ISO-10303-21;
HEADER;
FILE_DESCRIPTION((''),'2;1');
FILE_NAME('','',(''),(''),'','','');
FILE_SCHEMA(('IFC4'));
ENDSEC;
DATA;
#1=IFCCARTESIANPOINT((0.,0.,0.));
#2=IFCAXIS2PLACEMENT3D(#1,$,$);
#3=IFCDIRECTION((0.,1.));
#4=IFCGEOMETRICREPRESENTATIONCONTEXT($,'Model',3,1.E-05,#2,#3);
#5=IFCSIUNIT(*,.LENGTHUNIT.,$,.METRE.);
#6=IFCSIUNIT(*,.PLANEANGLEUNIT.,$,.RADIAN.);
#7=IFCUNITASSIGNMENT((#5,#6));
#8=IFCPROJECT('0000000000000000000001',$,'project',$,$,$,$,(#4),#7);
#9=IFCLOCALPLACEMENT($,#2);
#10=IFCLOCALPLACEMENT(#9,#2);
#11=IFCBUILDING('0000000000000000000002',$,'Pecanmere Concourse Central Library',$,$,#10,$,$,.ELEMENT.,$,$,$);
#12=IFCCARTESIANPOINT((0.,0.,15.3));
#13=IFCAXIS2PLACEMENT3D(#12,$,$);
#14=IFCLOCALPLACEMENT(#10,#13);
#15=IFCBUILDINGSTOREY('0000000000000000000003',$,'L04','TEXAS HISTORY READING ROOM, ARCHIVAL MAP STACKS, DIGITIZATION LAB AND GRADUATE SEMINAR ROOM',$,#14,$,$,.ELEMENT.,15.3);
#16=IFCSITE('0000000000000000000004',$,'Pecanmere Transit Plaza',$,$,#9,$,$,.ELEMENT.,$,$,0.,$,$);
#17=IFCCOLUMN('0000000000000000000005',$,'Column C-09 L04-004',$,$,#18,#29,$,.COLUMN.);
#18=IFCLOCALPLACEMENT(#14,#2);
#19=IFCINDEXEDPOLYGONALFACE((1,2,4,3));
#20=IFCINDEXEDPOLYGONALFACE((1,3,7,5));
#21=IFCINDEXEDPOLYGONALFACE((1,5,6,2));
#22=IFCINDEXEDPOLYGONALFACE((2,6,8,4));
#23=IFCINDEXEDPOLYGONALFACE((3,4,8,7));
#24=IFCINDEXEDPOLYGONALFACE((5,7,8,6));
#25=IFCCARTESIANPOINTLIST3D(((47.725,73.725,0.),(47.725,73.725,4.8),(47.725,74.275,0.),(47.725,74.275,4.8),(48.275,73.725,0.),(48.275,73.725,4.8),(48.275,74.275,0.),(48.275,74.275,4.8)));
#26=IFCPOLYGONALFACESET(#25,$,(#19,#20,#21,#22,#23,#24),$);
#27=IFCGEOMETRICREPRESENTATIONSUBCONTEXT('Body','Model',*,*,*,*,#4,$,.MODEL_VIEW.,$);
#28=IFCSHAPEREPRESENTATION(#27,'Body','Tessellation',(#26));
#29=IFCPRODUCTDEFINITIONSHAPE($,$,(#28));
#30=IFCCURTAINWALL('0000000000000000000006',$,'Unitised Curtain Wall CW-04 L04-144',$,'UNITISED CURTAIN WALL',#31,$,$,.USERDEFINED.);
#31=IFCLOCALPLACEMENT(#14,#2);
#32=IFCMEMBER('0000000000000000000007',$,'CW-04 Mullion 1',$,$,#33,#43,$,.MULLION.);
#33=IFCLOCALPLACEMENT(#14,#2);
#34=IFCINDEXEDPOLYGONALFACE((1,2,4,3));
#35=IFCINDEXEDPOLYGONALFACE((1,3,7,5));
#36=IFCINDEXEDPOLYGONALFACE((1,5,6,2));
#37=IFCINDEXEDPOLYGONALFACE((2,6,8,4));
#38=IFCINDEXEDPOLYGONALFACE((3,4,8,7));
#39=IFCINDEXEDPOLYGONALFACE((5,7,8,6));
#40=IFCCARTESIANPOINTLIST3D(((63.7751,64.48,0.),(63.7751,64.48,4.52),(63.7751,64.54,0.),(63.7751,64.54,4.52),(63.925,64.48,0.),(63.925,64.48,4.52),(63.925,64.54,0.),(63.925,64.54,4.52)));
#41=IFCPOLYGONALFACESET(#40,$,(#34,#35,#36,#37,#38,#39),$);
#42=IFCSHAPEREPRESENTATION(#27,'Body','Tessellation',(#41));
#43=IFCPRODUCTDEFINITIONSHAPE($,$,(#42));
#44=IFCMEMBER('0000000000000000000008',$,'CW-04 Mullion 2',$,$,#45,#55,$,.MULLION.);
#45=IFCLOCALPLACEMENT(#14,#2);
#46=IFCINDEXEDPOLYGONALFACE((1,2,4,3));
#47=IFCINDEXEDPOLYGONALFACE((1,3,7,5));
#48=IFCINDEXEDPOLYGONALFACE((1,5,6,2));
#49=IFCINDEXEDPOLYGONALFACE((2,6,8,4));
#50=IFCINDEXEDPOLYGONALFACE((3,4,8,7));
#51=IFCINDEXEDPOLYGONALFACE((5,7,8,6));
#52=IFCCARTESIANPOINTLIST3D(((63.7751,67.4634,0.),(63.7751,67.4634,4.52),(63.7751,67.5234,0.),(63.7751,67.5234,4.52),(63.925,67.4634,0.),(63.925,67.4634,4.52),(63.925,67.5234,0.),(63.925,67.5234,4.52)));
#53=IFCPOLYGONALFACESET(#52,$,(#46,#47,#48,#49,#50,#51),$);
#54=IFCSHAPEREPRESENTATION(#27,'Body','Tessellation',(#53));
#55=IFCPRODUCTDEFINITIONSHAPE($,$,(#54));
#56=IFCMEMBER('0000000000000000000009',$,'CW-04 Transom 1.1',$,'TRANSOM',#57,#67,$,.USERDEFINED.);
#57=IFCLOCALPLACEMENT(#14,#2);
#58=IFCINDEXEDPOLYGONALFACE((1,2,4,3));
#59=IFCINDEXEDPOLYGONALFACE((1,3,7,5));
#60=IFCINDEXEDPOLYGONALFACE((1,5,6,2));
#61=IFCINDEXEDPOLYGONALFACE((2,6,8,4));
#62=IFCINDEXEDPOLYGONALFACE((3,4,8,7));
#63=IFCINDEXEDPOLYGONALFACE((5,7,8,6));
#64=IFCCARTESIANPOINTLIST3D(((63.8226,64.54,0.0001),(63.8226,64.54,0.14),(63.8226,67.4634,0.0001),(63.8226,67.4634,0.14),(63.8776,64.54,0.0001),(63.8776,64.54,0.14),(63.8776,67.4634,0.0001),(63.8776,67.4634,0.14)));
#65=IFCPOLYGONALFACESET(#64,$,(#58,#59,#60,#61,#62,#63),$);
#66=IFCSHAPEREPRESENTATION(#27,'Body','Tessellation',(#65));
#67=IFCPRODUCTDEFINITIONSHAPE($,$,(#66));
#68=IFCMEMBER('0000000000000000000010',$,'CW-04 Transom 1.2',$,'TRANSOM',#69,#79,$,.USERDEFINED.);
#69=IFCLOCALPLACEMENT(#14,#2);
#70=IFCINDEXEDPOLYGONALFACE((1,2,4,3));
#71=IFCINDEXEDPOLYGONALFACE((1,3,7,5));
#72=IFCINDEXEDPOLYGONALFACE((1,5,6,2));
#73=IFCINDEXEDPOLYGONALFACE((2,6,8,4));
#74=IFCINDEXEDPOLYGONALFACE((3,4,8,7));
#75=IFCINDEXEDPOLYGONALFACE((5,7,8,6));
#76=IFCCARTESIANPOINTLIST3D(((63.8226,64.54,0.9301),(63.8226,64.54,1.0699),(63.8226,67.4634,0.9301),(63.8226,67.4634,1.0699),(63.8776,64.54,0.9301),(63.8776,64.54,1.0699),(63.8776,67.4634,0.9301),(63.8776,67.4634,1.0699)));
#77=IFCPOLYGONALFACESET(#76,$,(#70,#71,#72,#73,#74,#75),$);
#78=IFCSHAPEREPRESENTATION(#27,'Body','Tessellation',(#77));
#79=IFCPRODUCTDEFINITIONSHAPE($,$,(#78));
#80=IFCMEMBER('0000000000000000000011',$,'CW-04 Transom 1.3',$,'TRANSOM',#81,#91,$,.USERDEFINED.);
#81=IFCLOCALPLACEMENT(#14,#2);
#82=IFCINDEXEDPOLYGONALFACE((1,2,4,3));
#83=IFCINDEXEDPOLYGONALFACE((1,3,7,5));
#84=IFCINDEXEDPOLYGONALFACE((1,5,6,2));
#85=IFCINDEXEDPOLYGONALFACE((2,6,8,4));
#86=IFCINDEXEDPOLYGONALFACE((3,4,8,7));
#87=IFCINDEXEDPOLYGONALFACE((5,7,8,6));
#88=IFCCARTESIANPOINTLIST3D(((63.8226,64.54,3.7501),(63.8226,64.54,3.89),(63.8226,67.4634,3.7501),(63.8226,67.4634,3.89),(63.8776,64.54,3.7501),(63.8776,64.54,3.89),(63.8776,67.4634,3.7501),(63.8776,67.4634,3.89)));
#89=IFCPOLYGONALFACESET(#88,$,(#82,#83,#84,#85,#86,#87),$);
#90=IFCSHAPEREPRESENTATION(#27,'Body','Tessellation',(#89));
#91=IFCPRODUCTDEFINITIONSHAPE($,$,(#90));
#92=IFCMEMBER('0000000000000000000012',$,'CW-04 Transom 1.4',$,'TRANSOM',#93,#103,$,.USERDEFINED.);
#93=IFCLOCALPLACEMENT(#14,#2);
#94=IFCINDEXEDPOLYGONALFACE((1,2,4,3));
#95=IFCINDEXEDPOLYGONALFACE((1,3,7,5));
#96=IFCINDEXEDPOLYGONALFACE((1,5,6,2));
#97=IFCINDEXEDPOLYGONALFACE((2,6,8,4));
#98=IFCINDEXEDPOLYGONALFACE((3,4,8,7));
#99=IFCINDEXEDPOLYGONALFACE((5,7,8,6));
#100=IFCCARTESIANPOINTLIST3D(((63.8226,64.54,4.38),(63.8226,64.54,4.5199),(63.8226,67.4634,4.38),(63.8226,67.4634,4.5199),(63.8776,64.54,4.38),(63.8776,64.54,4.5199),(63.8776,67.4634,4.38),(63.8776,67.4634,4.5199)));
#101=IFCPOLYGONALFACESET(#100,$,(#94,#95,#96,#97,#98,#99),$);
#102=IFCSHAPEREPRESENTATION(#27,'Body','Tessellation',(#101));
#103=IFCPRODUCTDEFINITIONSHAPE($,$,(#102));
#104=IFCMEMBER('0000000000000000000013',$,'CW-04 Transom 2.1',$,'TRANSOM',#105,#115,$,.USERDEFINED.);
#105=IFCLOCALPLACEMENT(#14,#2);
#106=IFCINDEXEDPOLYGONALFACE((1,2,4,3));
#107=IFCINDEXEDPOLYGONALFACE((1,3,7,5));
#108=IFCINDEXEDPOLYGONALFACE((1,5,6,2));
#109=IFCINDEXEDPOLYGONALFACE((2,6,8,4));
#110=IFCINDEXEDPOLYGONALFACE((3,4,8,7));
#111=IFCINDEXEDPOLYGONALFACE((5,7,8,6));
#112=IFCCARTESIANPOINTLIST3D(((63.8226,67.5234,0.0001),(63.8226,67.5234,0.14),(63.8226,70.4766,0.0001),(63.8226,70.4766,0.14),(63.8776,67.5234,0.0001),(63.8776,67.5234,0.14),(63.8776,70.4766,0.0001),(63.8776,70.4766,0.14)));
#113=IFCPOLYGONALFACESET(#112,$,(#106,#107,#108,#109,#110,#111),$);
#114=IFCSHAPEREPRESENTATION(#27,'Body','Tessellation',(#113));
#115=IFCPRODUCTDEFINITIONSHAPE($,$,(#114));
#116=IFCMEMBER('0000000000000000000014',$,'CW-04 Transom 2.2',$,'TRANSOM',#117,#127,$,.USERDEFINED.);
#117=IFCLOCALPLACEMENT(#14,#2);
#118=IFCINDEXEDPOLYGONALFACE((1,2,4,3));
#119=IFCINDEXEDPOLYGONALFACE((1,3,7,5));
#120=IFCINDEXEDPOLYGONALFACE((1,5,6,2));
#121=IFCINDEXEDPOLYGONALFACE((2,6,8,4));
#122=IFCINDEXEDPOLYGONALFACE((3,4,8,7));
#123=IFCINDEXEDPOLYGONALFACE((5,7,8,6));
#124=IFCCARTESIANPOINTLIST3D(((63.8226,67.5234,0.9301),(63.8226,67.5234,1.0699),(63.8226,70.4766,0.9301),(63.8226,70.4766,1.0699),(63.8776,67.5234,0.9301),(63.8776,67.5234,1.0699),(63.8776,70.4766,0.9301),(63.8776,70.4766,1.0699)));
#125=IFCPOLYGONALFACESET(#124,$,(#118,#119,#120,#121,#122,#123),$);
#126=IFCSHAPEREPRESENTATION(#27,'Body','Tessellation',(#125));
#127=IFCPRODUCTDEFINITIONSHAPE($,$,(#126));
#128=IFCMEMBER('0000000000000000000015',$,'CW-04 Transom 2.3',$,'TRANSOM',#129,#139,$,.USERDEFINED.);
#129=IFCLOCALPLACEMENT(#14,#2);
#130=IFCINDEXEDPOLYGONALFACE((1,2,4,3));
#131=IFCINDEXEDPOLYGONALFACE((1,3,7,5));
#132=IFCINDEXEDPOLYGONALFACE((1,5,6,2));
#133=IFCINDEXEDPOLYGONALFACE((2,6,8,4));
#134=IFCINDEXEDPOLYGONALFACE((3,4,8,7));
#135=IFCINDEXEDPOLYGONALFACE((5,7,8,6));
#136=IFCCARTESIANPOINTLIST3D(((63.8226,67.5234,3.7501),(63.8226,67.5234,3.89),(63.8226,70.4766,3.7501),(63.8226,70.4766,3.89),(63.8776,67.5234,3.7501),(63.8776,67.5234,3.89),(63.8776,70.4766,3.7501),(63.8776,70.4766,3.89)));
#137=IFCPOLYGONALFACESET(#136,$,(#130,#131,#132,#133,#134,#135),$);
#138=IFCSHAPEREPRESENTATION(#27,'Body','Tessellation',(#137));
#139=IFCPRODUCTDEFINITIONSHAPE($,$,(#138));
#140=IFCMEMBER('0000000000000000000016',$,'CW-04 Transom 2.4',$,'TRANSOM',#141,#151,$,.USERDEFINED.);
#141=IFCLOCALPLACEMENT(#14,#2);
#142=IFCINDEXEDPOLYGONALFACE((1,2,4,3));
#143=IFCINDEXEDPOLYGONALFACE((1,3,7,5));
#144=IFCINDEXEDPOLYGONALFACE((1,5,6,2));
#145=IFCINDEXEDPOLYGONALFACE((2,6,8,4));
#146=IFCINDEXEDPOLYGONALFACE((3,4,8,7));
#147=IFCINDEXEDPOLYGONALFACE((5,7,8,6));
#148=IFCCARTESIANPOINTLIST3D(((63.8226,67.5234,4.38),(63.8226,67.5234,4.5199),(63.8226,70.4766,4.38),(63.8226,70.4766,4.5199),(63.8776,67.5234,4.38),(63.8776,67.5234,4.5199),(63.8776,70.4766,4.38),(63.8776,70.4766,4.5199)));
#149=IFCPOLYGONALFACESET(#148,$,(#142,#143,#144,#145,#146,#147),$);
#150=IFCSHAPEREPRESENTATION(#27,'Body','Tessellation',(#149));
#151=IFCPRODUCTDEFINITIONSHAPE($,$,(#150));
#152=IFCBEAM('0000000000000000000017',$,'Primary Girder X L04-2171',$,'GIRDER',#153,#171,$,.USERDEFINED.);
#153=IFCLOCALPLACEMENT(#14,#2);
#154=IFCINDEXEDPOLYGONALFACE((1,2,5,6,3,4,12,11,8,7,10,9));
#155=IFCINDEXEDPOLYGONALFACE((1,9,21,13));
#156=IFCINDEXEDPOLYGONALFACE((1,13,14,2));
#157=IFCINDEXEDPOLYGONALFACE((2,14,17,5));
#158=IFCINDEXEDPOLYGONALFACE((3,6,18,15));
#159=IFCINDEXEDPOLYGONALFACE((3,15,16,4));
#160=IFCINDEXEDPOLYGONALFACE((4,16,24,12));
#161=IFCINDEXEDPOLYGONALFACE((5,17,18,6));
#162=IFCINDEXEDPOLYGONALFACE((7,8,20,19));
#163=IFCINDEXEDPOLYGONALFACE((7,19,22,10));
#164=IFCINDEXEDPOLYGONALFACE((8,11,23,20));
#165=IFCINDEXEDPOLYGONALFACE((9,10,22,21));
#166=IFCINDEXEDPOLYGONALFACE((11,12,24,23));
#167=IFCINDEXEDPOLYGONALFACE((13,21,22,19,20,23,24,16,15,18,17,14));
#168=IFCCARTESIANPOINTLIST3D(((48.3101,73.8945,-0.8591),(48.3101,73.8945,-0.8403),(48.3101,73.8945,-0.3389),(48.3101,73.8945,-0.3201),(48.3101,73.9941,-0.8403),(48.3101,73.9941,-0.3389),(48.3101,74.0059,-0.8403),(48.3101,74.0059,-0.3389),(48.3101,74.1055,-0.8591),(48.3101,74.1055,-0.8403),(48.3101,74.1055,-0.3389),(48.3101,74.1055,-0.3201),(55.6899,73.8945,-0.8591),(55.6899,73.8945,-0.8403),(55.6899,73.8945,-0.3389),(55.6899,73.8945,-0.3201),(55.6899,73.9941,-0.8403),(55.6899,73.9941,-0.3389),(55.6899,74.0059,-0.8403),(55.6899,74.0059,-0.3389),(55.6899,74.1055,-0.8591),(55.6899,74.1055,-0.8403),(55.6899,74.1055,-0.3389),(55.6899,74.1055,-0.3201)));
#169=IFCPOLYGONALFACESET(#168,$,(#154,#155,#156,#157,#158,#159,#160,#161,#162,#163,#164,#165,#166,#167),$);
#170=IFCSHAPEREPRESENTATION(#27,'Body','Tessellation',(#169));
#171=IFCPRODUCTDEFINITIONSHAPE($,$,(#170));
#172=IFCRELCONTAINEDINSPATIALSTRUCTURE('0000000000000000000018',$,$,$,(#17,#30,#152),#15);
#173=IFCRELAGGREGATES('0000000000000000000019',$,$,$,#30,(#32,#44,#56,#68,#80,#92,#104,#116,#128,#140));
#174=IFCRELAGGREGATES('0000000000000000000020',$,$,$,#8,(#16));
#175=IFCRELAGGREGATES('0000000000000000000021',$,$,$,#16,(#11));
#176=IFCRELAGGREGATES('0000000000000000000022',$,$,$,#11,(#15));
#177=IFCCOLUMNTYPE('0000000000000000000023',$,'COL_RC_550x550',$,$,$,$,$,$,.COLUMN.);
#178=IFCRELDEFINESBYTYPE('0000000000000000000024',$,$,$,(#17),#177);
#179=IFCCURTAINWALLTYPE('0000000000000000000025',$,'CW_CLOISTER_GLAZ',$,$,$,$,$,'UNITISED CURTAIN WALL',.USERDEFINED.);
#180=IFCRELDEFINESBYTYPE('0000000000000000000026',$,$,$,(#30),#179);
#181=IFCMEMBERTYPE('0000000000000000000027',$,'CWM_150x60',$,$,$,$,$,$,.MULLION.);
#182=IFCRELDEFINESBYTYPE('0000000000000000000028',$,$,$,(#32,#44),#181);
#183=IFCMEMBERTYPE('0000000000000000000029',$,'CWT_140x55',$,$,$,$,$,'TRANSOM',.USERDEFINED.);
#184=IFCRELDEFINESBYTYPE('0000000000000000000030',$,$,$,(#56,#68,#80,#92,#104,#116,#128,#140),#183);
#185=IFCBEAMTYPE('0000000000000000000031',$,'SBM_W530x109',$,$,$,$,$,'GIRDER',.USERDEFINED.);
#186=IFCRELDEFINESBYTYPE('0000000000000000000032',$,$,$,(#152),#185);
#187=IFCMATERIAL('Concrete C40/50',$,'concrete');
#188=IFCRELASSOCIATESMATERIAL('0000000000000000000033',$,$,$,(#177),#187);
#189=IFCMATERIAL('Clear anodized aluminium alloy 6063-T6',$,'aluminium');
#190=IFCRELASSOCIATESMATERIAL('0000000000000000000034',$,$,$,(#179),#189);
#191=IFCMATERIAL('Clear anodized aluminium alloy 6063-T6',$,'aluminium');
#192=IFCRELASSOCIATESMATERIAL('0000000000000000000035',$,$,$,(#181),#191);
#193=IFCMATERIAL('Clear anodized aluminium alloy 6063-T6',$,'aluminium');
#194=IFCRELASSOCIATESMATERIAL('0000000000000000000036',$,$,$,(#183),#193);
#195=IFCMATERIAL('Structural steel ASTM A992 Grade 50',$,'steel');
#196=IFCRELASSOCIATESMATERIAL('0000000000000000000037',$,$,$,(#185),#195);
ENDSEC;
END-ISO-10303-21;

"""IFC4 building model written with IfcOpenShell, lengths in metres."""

from ifc_helpers import new_model, si_unit, direction, frame, origin, origin_2d, place, context, subcontext, project, spatial, rectangle, i_section, extrude, material, material_profile, profile_set, type_object, element, aggregate, save


model = new_model("IFC4")

# Units and contexts
model_context = context("Model", 3, precision=1e-05, world=origin(), true_north=direction((0.0, 1.0)))
body_context = subcontext(model_context, "Body", "Model", "MODEL_VIEW")
ifc_project = project(units=[si_unit("LENGTHUNIT", "METRE"), si_unit("PLANEANGLEUNIT", "RADIAN")], contexts=[model_context])

# Site, building, storey
site_placement = place(None, origin())
site = spatial("IfcSite", under=ifc_project, at=site_placement, Name="Pecanmere Transit Plaza", CompositionType="ELEMENT", RefElevation=0.0)
building_placement = place(site_placement, origin())
building = spatial("IfcBuilding", under=site, at=building_placement, Name="Pecanmere Concourse Central Library", CompositionType="ELEMENT")
storey_placement = place(building_placement, frame((0.0, 0.0, 15.3)))
storey = spatial("IfcBuildingStorey", under=building, at=storey_placement, Name="L04", Description="TEXAS HISTORY READING ROOM, ARCHIVAL MAP STACKS, DIGITIZATION LAB AND GRADUATE SEMINAR ROOM", CompositionType="ELEMENT", Elevation=15.3)

# Column
ifc_material_1 = material(Name="Concrete C40/50", Category="concrete")
ifc_material_profile_1 = material_profile(ifc_material_1, rectangle(XDim=0.55, YDim=0.55, at=origin_2d()), Name="RC 550x550")
ifc_profile_set_1 = profile_set([ifc_material_profile_1], Name="Concrete C40/50")
column_type = type_object("IfcColumnType", Name="COL_RC_550x550", PredefinedType="COLUMN", material=ifc_profile_set_1)
column_placement = place(storey_placement, frame((48.0, 74.0, 0.0), z_axis=(0.0, 0.0, 1.0), x_axis=(1.0, 0.0, 0.0)))
element("IfcColumn", 1, at=column_placement, inside=storey, type_object=column_type, Name="Column C-09 L04-004", PredefinedType="COLUMN", context=body_context, shape_type="SweptSolid", body=[
    extrude(rectangle(XDim=0.55, YDim=0.55, at=origin_2d()), origin(), (0.0, 0.0, 1.0), 4.8),
])

# Curtain wall, members
ifc_material_2 = material(Name="Clear anodized aluminium alloy 6063-T6", Category="aluminium")
curtain_wall_type = type_object("IfcCurtainWallType", Name="CW_CLOISTER_GLAZ", ElementType="UNITISED CURTAIN WALL", PredefinedType="USERDEFINED", material=ifc_material_2)
curtain_wall_placement = place(storey_placement, origin())
curtain_wall = element("IfcCurtainWall", 2, at=curtain_wall_placement, inside=storey, type_object=curtain_wall_type, Name="Unitised Curtain Wall CW-04 L04-144", ObjectType="UNITISED CURTAIN WALL", PredefinedType="USERDEFINED")
ifc_material_3 = material(Name="Clear anodized aluminium alloy 6063-T6", Category="aluminium")
ifc_material_profile_2 = material_profile(ifc_material_3, rectangle(XDim=0.0601, YDim=0.1499, at=origin_2d()), Name="AL 60x150")
ifc_profile_set_2 = profile_set([ifc_material_profile_2], Name="Clear anodized aluminium alloy 6063-T6")
member_type_1 = type_object("IfcMemberType", Name="CWM_150x60", PredefinedType="MULLION", material=ifc_profile_set_2)
member_1_placement = place(storey_placement, frame((63.8501, 64.51, 0.0), z_axis=(0.0, 0.0, 1.0), x_axis=(0.0, 1.0, 0.0)))
member_1 = element("IfcMember", 3, at=member_1_placement, type_object=member_type_1, Name="CW-04 Mullion 1", PredefinedType="MULLION", context=body_context, shape_type="SweptSolid", body=[
    extrude(rectangle(XDim=0.0601, YDim=0.1499, at=origin_2d()), origin(), (0.0, 0.0, 1.0), 4.52),
])
member_2_placement = place(storey_placement, frame((63.8501, 67.4934, 0.0), z_axis=(0.0, 0.0, 1.0), x_axis=(0.0, 1.0, 0.0)))
member_2 = element("IfcMember", 4, at=member_2_placement, type_object=member_type_1, Name="CW-04 Mullion 2", PredefinedType="MULLION", context=body_context, shape_type="SweptSolid", body=[
    extrude(rectangle(XDim=0.0601, YDim=0.1499, at=origin_2d()), origin(), (0.0, 0.0, 1.0), 4.52),
])
ifc_material_4 = material(Name="Clear anodized aluminium alloy 6063-T6", Category="aluminium")
ifc_material_profile_3 = material_profile(ifc_material_4, rectangle(XDim=0.0549, YDim=0.1399, at=origin_2d()), Name="AL 55x140")
ifc_profile_set_3 = profile_set([ifc_material_profile_3], Name="Clear anodized aluminium alloy 6063-T6")
member_type_2 = type_object("IfcMemberType", Name="CWT_140x55", ElementType="TRANSOM", PredefinedType="USERDEFINED", material=ifc_profile_set_3)
member_3_placement = place(storey_placement, frame((63.8501, 64.54, 0.0701), z_axis=(0.0, 1.0, 0.0), x_axis=(-1.0, 0.0, 0.0)))
member_3 = element("IfcMember", 5, at=member_3_placement, type_object=member_type_2, Name="CW-04 Transom 1.1", ObjectType="TRANSOM", PredefinedType="USERDEFINED", context=body_context, shape_type="SweptSolid", body=[
    extrude(rectangle(XDim=0.0549, YDim=0.1399, at=origin_2d()), origin(), (0.0, 0.0, 1.0), 2.9233),
])
member_4_placement = place(storey_placement, frame((63.8501, 64.54, 1.0), z_axis=(0.0, 1.0, 0.0), x_axis=(-1.0, 0.0, 0.0)))
member_4 = element("IfcMember", 6, at=member_4_placement, type_object=member_type_2, Name="CW-04 Transom 1.2", ObjectType="TRANSOM", PredefinedType="USERDEFINED", context=body_context, shape_type="SweptSolid", body=[
    extrude(rectangle(XDim=0.0549, YDim=0.1399, at=origin_2d()), origin(), (0.0, 0.0, 1.0), 2.9233),
])
member_5_placement = place(storey_placement, frame((63.8501, 64.54, 3.8201), z_axis=(0.0, 1.0, 0.0), x_axis=(-1.0, 0.0, 0.0)))
member_5 = element("IfcMember", 7, at=member_5_placement, type_object=member_type_2, Name="CW-04 Transom 1.3", ObjectType="TRANSOM", PredefinedType="USERDEFINED", context=body_context, shape_type="SweptSolid", body=[
    extrude(rectangle(XDim=0.0549, YDim=0.1399, at=origin_2d()), origin(), (0.0, 0.0, 1.0), 2.9233),
])
member_6_placement = place(storey_placement, frame((63.8501, 64.54, 4.45), z_axis=(0.0, 1.0, 0.0), x_axis=(-1.0, 0.0, 0.0)))
member_6 = element("IfcMember", 8, at=member_6_placement, type_object=member_type_2, Name="CW-04 Transom 1.4", ObjectType="TRANSOM", PredefinedType="USERDEFINED", context=body_context, shape_type="SweptSolid", body=[
    extrude(rectangle(XDim=0.0549, YDim=0.1399, at=origin_2d()), origin(), (0.0, 0.0, 1.0), 2.9233),
])
member_7_placement = place(storey_placement, frame((63.8501, 67.5234, 0.0701), z_axis=(0.0, 1.0, 0.0), x_axis=(-1.0, 0.0, 0.0)))
member_7 = element("IfcMember", 9, at=member_7_placement, type_object=member_type_2, Name="CW-04 Transom 2.1", ObjectType="TRANSOM", PredefinedType="USERDEFINED", context=body_context, shape_type="SweptSolid", body=[
    extrude(rectangle(XDim=0.0549, YDim=0.1399, at=origin_2d()), origin(), (0.0, 0.0, 1.0), 2.9531),
])
member_8_placement = place(storey_placement, frame((63.8501, 67.5234, 1.0), z_axis=(0.0, 1.0, 0.0), x_axis=(-1.0, 0.0, 0.0)))
member_8 = element("IfcMember", 10, at=member_8_placement, type_object=member_type_2, Name="CW-04 Transom 2.2", ObjectType="TRANSOM", PredefinedType="USERDEFINED", context=body_context, shape_type="SweptSolid", body=[
    extrude(rectangle(XDim=0.0549, YDim=0.1399, at=origin_2d()), origin(), (0.0, 0.0, 1.0), 2.9531),
])
member_9_placement = place(storey_placement, frame((63.8501, 67.5234, 3.8201), z_axis=(0.0, 1.0, 0.0), x_axis=(-1.0, 0.0, 0.0)))
member_9 = element("IfcMember", 11, at=member_9_placement, type_object=member_type_2, Name="CW-04 Transom 2.3", ObjectType="TRANSOM", PredefinedType="USERDEFINED", context=body_context, shape_type="SweptSolid", body=[
    extrude(rectangle(XDim=0.0549, YDim=0.1399, at=origin_2d()), origin(), (0.0, 0.0, 1.0), 2.9531),
])
member_10_placement = place(storey_placement, frame((63.8501, 67.5234, 4.45), z_axis=(0.0, 1.0, 0.0), x_axis=(-1.0, 0.0, 0.0)))
member_10 = element("IfcMember", 12, at=member_10_placement, type_object=member_type_2, Name="CW-04 Transom 2.4", ObjectType="TRANSOM", PredefinedType="USERDEFINED", context=body_context, shape_type="SweptSolid", body=[
    extrude(rectangle(XDim=0.0549, YDim=0.1399, at=origin_2d()), origin(), (0.0, 0.0, 1.0), 2.9531),
])

# Beam
ifc_material_5 = material(Name="Structural steel ASTM A992 Grade 50", Category="steel")
ifc_material_profile_4 = material_profile(ifc_material_5, i_section(OverallWidth=0.2109, OverallDepth=0.5391, WebThickness=0.0117, FlangeThickness=0.0188, at=origin_2d()), Name="W530x109")
ifc_profile_set_4 = profile_set([ifc_material_profile_4], Name="Structural steel ASTM A992 Grade 50")
beam_type = type_object("IfcBeamType", Name="SBM_W530x109", ElementType="GIRDER", PredefinedType="USERDEFINED", material=ifc_profile_set_4)
beam_placement = place(storey_placement, frame((48.3101, 74.0, -0.5896), z_axis=(1.0, 0.0, 0.0), x_axis=(0.0, 1.0, 0.0)))
element("IfcBeam", 13, at=beam_placement, inside=storey, type_object=beam_type, Name="Primary Girder X L04-2171", ObjectType="GIRDER", PredefinedType="USERDEFINED", context=body_context, shape_type="SweptSolid", body=[
    extrude(i_section(OverallWidth=0.2109, OverallDepth=0.5391, WebThickness=0.0117, FlangeThickness=0.0188, at=origin_2d()), origin(), (0.0, 0.0, 1.0), 7.3799),
])

aggregate(curtain_wall, [member_1, member_2, member_3, member_4, member_5, member_6, member_7, member_8, member_9, member_10])

save(model, "model.ifc")
